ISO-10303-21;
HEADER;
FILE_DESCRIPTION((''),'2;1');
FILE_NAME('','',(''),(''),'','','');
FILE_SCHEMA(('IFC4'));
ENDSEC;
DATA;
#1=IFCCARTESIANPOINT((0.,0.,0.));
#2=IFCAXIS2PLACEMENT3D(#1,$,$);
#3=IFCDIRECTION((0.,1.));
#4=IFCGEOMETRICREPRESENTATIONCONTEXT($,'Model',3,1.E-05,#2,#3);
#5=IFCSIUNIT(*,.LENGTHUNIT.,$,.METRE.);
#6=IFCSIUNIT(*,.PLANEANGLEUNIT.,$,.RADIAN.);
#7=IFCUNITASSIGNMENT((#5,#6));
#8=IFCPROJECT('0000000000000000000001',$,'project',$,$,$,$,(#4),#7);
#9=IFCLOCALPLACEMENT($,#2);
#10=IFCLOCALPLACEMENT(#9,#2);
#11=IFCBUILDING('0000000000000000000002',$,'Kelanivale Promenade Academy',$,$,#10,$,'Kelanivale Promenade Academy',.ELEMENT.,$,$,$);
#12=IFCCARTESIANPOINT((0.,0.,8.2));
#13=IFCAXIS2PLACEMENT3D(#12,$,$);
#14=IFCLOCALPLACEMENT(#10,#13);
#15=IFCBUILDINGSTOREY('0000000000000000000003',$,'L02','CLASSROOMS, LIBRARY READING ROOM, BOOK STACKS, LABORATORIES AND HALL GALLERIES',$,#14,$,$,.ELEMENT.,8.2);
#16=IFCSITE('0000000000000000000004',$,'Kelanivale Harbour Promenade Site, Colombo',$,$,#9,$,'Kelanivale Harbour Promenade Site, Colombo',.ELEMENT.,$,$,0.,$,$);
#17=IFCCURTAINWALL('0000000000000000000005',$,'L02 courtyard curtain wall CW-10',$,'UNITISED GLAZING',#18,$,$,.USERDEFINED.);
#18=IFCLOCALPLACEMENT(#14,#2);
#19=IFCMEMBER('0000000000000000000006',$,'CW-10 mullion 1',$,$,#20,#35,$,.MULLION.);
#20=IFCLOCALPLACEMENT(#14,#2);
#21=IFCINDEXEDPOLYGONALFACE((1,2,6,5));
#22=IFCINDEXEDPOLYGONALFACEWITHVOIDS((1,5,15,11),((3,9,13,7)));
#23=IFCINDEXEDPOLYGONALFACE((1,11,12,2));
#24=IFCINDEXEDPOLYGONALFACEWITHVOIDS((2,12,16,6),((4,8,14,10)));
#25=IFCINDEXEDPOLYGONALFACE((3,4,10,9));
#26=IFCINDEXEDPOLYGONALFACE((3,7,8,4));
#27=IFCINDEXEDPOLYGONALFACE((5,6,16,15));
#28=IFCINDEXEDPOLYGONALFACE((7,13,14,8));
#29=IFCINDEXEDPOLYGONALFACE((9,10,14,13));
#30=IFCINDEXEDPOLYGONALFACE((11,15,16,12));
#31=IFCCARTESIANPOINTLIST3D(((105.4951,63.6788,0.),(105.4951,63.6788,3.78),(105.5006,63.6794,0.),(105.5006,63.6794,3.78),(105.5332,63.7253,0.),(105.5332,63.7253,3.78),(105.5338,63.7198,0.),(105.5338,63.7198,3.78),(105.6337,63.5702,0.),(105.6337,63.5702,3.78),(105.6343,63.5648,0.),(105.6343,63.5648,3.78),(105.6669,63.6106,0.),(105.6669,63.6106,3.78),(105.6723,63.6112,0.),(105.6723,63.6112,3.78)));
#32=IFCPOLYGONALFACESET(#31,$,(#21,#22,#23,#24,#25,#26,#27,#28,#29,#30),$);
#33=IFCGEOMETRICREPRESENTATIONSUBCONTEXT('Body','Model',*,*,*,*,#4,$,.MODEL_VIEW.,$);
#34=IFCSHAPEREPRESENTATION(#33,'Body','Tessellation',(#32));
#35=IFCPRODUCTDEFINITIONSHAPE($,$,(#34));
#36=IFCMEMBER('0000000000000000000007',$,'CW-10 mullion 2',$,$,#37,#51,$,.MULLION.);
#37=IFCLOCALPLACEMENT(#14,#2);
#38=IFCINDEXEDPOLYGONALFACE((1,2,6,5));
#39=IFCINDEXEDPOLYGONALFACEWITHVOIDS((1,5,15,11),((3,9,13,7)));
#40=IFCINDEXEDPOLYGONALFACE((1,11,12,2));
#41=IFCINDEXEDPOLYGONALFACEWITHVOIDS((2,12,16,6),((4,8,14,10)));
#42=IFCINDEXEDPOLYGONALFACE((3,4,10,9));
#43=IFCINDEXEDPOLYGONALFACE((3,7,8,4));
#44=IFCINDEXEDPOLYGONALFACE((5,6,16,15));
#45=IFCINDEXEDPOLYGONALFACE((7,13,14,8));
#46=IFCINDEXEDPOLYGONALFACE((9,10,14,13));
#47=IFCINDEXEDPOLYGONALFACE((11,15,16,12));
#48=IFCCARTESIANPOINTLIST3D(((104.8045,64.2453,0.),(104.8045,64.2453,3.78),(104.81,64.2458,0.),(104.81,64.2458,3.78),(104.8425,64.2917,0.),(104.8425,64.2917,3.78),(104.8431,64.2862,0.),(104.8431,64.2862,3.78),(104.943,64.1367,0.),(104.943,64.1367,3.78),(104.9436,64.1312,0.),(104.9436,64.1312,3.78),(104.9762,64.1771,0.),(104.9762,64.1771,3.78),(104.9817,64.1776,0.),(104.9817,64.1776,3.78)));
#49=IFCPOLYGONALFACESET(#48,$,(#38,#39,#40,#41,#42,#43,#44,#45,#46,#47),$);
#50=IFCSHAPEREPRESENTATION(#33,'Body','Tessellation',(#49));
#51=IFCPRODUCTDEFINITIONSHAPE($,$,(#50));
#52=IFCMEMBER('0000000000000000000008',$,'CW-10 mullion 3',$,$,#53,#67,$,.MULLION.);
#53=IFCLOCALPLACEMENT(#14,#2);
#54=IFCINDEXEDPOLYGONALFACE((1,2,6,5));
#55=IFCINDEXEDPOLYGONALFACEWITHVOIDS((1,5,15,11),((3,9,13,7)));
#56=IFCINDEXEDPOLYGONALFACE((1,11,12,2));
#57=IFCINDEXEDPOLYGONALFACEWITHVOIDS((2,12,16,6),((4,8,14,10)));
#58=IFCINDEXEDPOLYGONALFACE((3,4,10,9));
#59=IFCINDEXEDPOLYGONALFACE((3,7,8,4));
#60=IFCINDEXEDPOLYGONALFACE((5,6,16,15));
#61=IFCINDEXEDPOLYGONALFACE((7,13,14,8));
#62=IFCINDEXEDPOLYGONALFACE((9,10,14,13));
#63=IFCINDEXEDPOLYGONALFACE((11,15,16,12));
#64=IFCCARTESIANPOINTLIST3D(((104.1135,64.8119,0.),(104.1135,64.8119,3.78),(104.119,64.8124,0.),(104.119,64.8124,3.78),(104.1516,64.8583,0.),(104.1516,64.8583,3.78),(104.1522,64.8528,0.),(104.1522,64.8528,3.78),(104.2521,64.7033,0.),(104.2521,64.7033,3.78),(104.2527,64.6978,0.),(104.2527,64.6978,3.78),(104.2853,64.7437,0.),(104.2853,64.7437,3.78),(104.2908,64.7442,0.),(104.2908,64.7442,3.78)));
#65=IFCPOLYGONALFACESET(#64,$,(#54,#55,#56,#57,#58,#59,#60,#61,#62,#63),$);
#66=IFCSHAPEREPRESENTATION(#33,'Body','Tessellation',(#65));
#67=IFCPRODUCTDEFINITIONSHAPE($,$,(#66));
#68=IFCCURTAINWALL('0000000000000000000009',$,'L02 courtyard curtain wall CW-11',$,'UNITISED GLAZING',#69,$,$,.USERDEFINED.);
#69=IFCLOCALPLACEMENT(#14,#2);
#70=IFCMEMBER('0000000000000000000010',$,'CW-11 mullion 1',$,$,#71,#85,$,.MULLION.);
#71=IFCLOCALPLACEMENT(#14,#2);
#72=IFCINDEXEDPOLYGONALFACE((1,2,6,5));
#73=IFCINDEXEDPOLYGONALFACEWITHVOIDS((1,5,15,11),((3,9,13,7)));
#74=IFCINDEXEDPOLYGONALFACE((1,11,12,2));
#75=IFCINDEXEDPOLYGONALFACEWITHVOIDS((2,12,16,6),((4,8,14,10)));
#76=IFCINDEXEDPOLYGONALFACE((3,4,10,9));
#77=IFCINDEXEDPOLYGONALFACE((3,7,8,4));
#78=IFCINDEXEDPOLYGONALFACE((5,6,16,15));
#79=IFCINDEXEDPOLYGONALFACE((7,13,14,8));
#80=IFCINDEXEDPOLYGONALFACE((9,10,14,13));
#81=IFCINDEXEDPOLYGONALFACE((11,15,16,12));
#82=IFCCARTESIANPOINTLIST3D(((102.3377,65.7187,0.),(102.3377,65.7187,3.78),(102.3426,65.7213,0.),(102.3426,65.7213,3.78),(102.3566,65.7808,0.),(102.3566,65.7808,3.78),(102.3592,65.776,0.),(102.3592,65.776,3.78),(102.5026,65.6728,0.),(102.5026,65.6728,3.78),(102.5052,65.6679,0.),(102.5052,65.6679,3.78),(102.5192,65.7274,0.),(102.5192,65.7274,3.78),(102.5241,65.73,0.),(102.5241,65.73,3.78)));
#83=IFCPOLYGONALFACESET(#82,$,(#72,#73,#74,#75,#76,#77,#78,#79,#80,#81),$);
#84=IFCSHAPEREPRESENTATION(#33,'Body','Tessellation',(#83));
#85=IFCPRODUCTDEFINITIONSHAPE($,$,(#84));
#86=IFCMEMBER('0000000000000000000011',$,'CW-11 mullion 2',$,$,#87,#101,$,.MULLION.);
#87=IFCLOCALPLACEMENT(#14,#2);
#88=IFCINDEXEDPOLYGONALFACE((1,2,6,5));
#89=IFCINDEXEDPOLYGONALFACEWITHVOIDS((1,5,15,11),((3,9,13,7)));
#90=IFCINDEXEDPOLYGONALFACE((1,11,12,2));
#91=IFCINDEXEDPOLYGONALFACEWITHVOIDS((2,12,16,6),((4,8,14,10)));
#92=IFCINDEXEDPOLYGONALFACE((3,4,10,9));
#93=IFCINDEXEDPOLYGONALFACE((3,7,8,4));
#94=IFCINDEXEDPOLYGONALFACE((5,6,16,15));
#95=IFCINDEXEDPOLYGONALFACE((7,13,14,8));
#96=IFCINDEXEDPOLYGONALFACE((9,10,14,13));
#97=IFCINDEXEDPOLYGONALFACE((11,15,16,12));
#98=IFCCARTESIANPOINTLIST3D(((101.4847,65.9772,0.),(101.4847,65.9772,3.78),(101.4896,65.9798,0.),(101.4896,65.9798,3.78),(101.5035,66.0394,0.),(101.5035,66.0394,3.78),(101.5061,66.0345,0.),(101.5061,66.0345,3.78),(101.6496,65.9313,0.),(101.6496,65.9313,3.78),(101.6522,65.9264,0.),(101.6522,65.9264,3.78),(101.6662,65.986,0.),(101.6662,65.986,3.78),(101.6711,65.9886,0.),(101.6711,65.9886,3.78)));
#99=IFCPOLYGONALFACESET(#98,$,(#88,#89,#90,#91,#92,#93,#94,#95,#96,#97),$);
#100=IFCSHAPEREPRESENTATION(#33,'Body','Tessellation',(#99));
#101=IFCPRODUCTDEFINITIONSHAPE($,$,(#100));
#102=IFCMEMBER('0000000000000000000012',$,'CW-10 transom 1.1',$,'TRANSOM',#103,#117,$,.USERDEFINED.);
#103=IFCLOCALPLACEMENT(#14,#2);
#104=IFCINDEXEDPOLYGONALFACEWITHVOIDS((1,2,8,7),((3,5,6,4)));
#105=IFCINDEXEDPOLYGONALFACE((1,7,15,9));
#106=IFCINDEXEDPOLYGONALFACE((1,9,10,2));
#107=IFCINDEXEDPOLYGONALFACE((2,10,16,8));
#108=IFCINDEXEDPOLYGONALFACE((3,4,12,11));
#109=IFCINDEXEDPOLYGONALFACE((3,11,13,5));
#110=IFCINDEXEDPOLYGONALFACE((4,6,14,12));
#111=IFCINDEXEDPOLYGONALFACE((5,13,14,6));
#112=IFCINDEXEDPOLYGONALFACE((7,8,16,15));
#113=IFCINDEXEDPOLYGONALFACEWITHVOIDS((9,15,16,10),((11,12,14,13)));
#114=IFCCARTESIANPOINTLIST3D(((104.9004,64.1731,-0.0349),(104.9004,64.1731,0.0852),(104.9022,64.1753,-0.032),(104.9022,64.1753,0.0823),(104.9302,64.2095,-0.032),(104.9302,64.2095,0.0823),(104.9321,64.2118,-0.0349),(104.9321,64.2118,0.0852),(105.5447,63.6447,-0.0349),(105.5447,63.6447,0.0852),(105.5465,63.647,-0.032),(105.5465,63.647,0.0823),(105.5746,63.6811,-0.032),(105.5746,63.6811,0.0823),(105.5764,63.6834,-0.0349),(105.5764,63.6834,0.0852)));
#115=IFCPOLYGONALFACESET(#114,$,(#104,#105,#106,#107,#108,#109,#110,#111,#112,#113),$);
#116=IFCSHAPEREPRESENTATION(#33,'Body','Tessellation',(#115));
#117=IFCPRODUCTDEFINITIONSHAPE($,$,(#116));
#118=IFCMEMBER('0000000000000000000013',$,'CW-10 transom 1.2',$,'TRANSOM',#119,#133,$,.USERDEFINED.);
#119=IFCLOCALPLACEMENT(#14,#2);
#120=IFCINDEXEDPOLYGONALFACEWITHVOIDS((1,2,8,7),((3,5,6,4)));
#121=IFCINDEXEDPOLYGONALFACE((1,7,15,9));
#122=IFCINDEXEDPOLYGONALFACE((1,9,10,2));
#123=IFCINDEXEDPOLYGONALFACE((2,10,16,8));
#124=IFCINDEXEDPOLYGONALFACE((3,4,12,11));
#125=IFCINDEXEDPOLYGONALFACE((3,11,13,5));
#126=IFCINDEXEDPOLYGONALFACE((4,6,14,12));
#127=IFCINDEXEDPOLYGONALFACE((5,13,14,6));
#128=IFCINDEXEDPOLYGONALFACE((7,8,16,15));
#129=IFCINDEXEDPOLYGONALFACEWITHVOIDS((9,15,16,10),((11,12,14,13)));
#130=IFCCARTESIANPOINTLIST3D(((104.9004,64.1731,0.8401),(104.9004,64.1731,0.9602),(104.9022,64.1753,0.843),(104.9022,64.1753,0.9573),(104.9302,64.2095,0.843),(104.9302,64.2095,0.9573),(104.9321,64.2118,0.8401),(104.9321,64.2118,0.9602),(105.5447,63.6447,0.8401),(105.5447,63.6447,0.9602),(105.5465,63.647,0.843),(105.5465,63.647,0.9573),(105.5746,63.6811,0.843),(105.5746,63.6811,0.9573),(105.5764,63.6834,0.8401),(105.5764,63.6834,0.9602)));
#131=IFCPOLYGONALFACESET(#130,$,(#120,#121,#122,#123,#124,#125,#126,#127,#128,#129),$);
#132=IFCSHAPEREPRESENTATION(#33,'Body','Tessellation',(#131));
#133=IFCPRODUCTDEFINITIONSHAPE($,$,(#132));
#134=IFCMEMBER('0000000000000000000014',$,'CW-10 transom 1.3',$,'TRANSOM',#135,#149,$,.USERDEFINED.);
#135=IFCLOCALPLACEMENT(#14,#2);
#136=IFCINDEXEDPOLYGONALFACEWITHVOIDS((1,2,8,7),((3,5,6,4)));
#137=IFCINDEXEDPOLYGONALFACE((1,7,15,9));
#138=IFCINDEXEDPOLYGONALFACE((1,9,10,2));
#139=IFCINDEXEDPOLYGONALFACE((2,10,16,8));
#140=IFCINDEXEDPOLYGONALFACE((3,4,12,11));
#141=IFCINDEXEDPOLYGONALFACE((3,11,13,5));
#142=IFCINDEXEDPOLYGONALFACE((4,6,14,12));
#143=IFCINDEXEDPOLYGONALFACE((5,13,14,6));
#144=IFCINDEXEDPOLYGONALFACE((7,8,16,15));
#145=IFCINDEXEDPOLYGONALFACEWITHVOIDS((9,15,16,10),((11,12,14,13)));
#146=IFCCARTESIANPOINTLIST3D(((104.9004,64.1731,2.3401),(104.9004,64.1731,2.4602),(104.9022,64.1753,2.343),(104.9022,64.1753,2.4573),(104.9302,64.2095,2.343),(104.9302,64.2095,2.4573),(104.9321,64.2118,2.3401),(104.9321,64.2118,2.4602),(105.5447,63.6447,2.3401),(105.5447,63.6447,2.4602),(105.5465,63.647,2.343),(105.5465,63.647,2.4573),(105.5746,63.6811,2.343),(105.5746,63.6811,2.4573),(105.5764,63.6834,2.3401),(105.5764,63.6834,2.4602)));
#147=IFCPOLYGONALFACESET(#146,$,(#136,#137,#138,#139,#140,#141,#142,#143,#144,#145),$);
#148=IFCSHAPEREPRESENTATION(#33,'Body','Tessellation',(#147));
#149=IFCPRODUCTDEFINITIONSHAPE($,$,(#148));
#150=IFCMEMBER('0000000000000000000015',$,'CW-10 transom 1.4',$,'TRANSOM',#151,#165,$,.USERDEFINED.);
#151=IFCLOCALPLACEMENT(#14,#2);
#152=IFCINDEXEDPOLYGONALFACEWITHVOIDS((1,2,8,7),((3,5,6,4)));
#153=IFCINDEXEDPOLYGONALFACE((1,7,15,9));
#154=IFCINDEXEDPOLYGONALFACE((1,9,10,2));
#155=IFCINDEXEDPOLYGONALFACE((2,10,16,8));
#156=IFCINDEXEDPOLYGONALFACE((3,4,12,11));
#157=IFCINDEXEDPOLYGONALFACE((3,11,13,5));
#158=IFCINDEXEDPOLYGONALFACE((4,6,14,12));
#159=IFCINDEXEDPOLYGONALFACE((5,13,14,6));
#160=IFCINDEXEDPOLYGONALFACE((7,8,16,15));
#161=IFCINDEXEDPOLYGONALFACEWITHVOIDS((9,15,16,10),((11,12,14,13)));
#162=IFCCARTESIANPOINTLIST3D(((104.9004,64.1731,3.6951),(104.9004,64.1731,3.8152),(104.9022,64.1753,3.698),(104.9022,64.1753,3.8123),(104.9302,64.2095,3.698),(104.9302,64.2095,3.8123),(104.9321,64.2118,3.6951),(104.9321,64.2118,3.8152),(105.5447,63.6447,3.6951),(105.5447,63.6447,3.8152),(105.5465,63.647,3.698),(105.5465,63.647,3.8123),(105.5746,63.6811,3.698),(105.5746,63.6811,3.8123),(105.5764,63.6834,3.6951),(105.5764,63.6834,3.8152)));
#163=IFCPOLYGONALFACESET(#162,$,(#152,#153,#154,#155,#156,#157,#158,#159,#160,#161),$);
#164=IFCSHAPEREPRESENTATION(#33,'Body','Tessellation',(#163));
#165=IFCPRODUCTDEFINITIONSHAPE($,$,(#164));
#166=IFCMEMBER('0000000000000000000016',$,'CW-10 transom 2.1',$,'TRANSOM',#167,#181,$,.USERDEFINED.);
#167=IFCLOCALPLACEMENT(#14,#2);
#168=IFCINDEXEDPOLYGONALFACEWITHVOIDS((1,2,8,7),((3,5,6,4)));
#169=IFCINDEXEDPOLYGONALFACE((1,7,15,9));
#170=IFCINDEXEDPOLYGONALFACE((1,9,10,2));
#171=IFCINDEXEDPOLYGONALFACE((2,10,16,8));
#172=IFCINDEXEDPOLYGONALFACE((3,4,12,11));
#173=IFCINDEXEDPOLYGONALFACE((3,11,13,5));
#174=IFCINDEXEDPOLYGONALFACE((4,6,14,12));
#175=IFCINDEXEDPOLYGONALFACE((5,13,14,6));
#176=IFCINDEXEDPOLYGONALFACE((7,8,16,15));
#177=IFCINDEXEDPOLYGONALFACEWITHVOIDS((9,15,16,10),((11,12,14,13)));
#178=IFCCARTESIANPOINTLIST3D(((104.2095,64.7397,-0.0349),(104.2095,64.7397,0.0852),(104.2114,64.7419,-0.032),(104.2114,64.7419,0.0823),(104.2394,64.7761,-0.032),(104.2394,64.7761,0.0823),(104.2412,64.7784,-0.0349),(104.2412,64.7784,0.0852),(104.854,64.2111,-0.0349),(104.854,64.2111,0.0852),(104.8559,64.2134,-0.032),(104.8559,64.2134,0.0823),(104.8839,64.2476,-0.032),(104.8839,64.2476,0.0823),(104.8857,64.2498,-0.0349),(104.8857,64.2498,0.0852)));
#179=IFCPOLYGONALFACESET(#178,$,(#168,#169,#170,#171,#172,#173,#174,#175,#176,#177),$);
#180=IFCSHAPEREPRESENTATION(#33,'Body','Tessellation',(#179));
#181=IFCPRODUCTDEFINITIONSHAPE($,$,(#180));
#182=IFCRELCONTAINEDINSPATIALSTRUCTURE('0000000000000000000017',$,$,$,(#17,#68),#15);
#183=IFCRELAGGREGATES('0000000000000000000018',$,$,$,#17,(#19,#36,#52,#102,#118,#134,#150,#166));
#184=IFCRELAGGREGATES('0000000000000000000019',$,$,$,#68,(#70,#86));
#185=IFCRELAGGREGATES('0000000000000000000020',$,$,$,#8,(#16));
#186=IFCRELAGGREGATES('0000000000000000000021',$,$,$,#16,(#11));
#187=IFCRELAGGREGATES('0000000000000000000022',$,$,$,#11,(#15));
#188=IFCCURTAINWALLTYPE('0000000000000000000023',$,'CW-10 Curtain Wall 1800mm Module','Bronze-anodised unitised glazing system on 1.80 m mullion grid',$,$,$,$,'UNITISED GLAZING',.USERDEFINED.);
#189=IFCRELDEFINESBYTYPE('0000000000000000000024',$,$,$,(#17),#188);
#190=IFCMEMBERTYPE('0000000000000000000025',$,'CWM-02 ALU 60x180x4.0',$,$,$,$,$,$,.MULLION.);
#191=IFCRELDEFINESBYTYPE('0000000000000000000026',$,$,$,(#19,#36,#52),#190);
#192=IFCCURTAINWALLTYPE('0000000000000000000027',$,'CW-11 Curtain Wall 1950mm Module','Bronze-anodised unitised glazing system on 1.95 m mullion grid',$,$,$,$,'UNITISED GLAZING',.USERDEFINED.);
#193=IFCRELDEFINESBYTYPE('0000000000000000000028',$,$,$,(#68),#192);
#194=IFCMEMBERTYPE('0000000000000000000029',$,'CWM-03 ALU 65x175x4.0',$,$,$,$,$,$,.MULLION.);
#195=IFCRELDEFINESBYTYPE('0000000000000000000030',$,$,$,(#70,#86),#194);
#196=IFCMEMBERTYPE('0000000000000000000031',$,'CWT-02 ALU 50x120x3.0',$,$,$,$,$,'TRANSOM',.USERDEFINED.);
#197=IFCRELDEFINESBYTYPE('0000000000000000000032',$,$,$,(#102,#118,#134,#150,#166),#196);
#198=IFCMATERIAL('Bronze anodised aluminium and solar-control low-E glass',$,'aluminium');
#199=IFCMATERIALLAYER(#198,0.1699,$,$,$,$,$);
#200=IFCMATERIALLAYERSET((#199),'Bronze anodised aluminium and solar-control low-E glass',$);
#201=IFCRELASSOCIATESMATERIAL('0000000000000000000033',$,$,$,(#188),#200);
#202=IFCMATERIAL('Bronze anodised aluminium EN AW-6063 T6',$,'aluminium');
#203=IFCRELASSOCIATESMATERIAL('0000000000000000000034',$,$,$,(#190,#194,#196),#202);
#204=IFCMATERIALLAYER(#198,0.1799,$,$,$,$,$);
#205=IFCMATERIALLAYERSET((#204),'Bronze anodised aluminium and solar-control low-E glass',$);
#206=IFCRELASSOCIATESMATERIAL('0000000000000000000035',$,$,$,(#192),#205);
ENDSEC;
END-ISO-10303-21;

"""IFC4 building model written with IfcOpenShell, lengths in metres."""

from ifc_helpers import new_model, si_unit, direction, frame, origin, origin_2d, place, context, subcontext, project, spatial, hollow_rectangle, extrude, material, layer, layer_set, material_profile, profile_set, type_object, element, aggregate, save


model = new_model("IFC4")

# Units and contexts
model_context = context("Model", 3, precision=1e-05, world=origin(), true_north=direction((0.0, 1.0)))
body_context = subcontext(model_context, "Body", "Model", "MODEL_VIEW")
ifc_project = project(units=[si_unit("LENGTHUNIT", "METRE"), si_unit("PLANEANGLEUNIT", "RADIAN")], contexts=[model_context])

# Site, building, storey
site_placement = place(None, origin())
site = spatial("IfcSite", under=ifc_project, at=site_placement, Name="Kelanivale Harbour Promenade Site, Colombo", LongName="Kelanivale Harbour Promenade Site, Colombo", CompositionType="ELEMENT", RefElevation=0.0)
building_placement = place(site_placement, origin())
building = spatial("IfcBuilding", under=site, at=building_placement, Name="Kelanivale Promenade Academy", LongName="Kelanivale Promenade Academy", CompositionType="ELEMENT")
storey_placement = place(building_placement, frame((0.0, 0.0, 8.2)))
storey = spatial("IfcBuildingStorey", under=building, at=storey_placement, Name="L02", Description="CLASSROOMS, LIBRARY READING ROOM, BOOK STACKS, LABORATORIES AND HALL GALLERIES", CompositionType="ELEMENT", Elevation=8.2)

# Curtain walls, members
ifc_material_1 = material(Name="Bronze anodised aluminium and solar-control low-E glass", Category="aluminium")
ifc_layer_1 = layer(ifc_material_1, 0.1699)
ifc_layer_set_1 = layer_set([ifc_layer_1], Name="Bronze anodised aluminium and solar-control low-E glass")
curtain_wall_type_1 = type_object("IfcCurtainWallType", Name="CW-10 Curtain Wall 1800mm Module", Description="Bronze-anodised unitised glazing system on 1.80 m mullion grid", ElementType="UNITISED GLAZING", PredefinedType="USERDEFINED", material=ifc_layer_set_1)
curtain_wall_1_placement = place(storey_placement, origin())
curtain_wall_1 = element("IfcCurtainWall", 1, at=curtain_wall_1_placement, inside=storey, type_object=curtain_wall_type_1, Name="L02 courtyard curtain wall CW-10", ObjectType="UNITISED GLAZING", PredefinedType="USERDEFINED")
ifc_material_2 = material(Name="Bronze anodised aluminium EN AW-6063 T6", Category="aluminium")
ifc_material_profile_1 = material_profile(ifc_material_2, hollow_rectangle(XDim=0.0601, YDim=0.1799, WallThickness=0.0039, at=origin_2d()), Name="ALU 60x180x4.0")
ifc_profile_set_1 = profile_set([ifc_material_profile_1], Name="Bronze anodised aluminium EN AW-6063 T6")
member_type_1 = type_object("IfcMemberType", Name="CWM-02 ALU 60x180x4.0", PredefinedType="MULLION", material=ifc_profile_set_1)
member_1_placement = place(storey_placement, frame((105.5837, 63.645, 0.0), z_axis=(0.0, 0.0, 1.0), x_axis=(-0.634093, -0.773257, 0.0)))
member_1 = element("IfcMember", 2, at=member_1_placement, type_object=member_type_1, Name="CW-10 mullion 1", PredefinedType="MULLION", context=body_context, shape_type="SweptSolid", body=[
    extrude(hollow_rectangle(XDim=0.0601, YDim=0.1799, WallThickness=0.0039, at=origin_2d()), origin(), (0.0, 0.0, 1.0), 3.78),
])
member_2_placement = place(storey_placement, frame((104.8931, 64.2114, 0.0), z_axis=(0.0, 0.0, 1.0), x_axis=(-0.634093, -0.773257, 0.0)))
member_2 = element("IfcMember", 3, at=member_2_placement, type_object=member_type_1, Name="CW-10 mullion 2", PredefinedType="MULLION", context=body_context, shape_type="SweptSolid", body=[
    extrude(hollow_rectangle(XDim=0.0601, YDim=0.1799, WallThickness=0.0039, at=origin_2d()), origin(), (0.0, 0.0, 1.0), 3.78),
])
member_3_placement = place(storey_placement, frame((104.2021, 64.7781, 0.0), z_axis=(0.0, 0.0, 1.0), x_axis=(-0.634093, -0.773257, 0.0)))
member_3 = element("IfcMember", 4, at=member_3_placement, type_object=member_type_1, Name="CW-10 mullion 3", PredefinedType="MULLION", context=body_context, shape_type="SweptSolid", body=[
    extrude(hollow_rectangle(XDim=0.0601, YDim=0.1799, WallThickness=0.0039, at=origin_2d()), origin(), (0.0, 0.0, 1.0), 3.78),
])
ifc_layer_2 = layer(ifc_material_1, 0.1799)
ifc_layer_set_2 = layer_set([ifc_layer_2], Name="Bronze anodised aluminium and solar-control low-E glass")
curtain_wall_type_2 = type_object("IfcCurtainWallType", Name="CW-11 Curtain Wall 1950mm Module", Description="Bronze-anodised unitised glazing system on 1.95 m mullion grid", ElementType="UNITISED GLAZING", PredefinedType="USERDEFINED", material=ifc_layer_set_2)
curtain_wall_2_placement = place(storey_placement, origin())
curtain_wall_2 = element("IfcCurtainWall", 5, at=curtain_wall_2_placement, inside=storey, type_object=curtain_wall_type_2, Name="L02 courtyard curtain wall CW-11", ObjectType="UNITISED GLAZING", PredefinedType="USERDEFINED")
ifc_material_profile_2 = material_profile(ifc_material_2, hollow_rectangle(XDim=0.0649, YDim=0.175, WallThickness=0.0039, at=origin_2d()), Name="ALU 65x175x4.0")
ifc_profile_set_2 = profile_set([ifc_material_profile_2], Name="Bronze anodised aluminium EN AW-6063 T6")
member_type_2 = type_object("IfcMemberType", Name="CWM-03 ALU 65x175x4.0", PredefinedType="MULLION", material=ifc_profile_set_2)
member_4_placement = place(storey_placement, frame((102.4309, 65.7244, 0.0), z_axis=(0.0, 0.0, 1.0), x_axis=(-0.290128, -0.956988, 0.0)))
member_4 = element("IfcMember", 6, at=member_4_placement, type_object=member_type_2, Name="CW-11 mullion 1", PredefinedType="MULLION", context=body_context, shape_type="SweptSolid", body=[
    extrude(hollow_rectangle(XDim=0.0649, YDim=0.175, WallThickness=0.0039, at=origin_2d()), origin(), (0.0, 0.0, 1.0), 3.78),
])
member_5_placement = place(storey_placement, frame((101.5779, 65.9829, 0.0), z_axis=(0.0, 0.0, 1.0), x_axis=(-0.290128, -0.956988, 0.0)))
member_5 = element("IfcMember", 7, at=member_5_placement, type_object=member_type_2, Name="CW-11 mullion 2", PredefinedType="MULLION", context=body_context, shape_type="SweptSolid", body=[
    extrude(hollow_rectangle(XDim=0.0649, YDim=0.175, WallThickness=0.0039, at=origin_2d()), origin(), (0.0, 0.0, 1.0), 3.78),
])

# Members
ifc_material_profile_3 = material_profile(ifc_material_2, hollow_rectangle(XDim=0.05, YDim=0.1201, WallThickness=0.0029, at=origin_2d()), Name="ALU 50x120x3.0")
ifc_profile_set_3 = profile_set([ifc_material_profile_3], Name="Bronze anodised aluminium EN AW-6063 T6")
member_type_3 = type_object("IfcMemberType", Name="CWT-02 ALU 50x120x3.0", ElementType="TRANSOM", PredefinedType="USERDEFINED", material=ifc_profile_set_3)
member_6_placement = place(storey_placement, frame((105.5605, 63.6641, 0.0251), z_axis=(-0.773265, 0.634083, 0.0), x_axis=(-0.634083, -0.773265, 0.0)))
member_6 = element("IfcMember", 8, at=member_6_placement, type_object=member_type_3, Name="CW-10 transom 1.1", ObjectType="TRANSOM", PredefinedType="USERDEFINED", context=body_context, shape_type="SweptSolid", body=[
    extrude(hollow_rectangle(XDim=0.05, YDim=0.1201, WallThickness=0.0029, at=origin_2d()), origin(), (0.0, 0.0, 1.0), 0.8333),
])
member_7_placement = place(storey_placement, frame((105.5605, 63.6641, 0.9001), z_axis=(-0.773265, 0.634083, 0.0), x_axis=(-0.634083, -0.773265, 0.0)))
member_7 = element("IfcMember", 9, at=member_7_placement, type_object=member_type_3, Name="CW-10 transom 1.2", ObjectType="TRANSOM", PredefinedType="USERDEFINED", context=body_context, shape_type="SweptSolid", body=[
    extrude(hollow_rectangle(XDim=0.05, YDim=0.1201, WallThickness=0.0029, at=origin_2d()), origin(), (0.0, 0.0, 1.0), 0.8333),
])
member_8_placement = place(storey_placement, frame((105.5605, 63.6641, 2.4001), z_axis=(-0.773265, 0.634083, 0.0), x_axis=(-0.634083, -0.773265, 0.0)))
member_8 = element("IfcMember", 10, at=member_8_placement, type_object=member_type_3, Name="CW-10 transom 1.3", ObjectType="TRANSOM", PredefinedType="USERDEFINED", context=body_context, shape_type="SweptSolid", body=[
    extrude(hollow_rectangle(XDim=0.05, YDim=0.1201, WallThickness=0.0029, at=origin_2d()), origin(), (0.0, 0.0, 1.0), 0.8333),
])
member_9_placement = place(storey_placement, frame((105.5605, 63.6641, 3.7551), z_axis=(-0.773265, 0.634083, 0.0), x_axis=(-0.634083, -0.773265, 0.0)))
member_9 = element("IfcMember", 11, at=member_9_placement, type_object=member_type_3, Name="CW-10 transom 1.4", ObjectType="TRANSOM", PredefinedType="USERDEFINED", context=body_context, shape_type="SweptSolid", body=[
    extrude(hollow_rectangle(XDim=0.05, YDim=0.1201, WallThickness=0.0029, at=origin_2d()), origin(), (0.0, 0.0, 1.0), 0.8333),
])
member_10_placement = place(storey_placement, frame((104.8699, 64.2305, 0.0251), z_axis=(-0.773239, 0.634115, 0.0), x_axis=(-0.634115, -0.773239, 0.0)))
member_10 = element("IfcMember", 12, at=member_10_placement, type_object=member_type_3, Name="CW-10 transom 2.1", ObjectType="TRANSOM", PredefinedType="USERDEFINED", context=body_context, shape_type="SweptSolid", body=[
    extrude(hollow_rectangle(XDim=0.05, YDim=0.1201, WallThickness=0.0029, at=origin_2d()), origin(), (0.0, 0.0, 1.0), 0.8335),
])

aggregate(curtain_wall_1, [member_1, member_2, member_3, member_6, member_7, member_8, member_9, member_10])
aggregate(curtain_wall_2, [member_4, member_5])

save(model, "model.ifc")
